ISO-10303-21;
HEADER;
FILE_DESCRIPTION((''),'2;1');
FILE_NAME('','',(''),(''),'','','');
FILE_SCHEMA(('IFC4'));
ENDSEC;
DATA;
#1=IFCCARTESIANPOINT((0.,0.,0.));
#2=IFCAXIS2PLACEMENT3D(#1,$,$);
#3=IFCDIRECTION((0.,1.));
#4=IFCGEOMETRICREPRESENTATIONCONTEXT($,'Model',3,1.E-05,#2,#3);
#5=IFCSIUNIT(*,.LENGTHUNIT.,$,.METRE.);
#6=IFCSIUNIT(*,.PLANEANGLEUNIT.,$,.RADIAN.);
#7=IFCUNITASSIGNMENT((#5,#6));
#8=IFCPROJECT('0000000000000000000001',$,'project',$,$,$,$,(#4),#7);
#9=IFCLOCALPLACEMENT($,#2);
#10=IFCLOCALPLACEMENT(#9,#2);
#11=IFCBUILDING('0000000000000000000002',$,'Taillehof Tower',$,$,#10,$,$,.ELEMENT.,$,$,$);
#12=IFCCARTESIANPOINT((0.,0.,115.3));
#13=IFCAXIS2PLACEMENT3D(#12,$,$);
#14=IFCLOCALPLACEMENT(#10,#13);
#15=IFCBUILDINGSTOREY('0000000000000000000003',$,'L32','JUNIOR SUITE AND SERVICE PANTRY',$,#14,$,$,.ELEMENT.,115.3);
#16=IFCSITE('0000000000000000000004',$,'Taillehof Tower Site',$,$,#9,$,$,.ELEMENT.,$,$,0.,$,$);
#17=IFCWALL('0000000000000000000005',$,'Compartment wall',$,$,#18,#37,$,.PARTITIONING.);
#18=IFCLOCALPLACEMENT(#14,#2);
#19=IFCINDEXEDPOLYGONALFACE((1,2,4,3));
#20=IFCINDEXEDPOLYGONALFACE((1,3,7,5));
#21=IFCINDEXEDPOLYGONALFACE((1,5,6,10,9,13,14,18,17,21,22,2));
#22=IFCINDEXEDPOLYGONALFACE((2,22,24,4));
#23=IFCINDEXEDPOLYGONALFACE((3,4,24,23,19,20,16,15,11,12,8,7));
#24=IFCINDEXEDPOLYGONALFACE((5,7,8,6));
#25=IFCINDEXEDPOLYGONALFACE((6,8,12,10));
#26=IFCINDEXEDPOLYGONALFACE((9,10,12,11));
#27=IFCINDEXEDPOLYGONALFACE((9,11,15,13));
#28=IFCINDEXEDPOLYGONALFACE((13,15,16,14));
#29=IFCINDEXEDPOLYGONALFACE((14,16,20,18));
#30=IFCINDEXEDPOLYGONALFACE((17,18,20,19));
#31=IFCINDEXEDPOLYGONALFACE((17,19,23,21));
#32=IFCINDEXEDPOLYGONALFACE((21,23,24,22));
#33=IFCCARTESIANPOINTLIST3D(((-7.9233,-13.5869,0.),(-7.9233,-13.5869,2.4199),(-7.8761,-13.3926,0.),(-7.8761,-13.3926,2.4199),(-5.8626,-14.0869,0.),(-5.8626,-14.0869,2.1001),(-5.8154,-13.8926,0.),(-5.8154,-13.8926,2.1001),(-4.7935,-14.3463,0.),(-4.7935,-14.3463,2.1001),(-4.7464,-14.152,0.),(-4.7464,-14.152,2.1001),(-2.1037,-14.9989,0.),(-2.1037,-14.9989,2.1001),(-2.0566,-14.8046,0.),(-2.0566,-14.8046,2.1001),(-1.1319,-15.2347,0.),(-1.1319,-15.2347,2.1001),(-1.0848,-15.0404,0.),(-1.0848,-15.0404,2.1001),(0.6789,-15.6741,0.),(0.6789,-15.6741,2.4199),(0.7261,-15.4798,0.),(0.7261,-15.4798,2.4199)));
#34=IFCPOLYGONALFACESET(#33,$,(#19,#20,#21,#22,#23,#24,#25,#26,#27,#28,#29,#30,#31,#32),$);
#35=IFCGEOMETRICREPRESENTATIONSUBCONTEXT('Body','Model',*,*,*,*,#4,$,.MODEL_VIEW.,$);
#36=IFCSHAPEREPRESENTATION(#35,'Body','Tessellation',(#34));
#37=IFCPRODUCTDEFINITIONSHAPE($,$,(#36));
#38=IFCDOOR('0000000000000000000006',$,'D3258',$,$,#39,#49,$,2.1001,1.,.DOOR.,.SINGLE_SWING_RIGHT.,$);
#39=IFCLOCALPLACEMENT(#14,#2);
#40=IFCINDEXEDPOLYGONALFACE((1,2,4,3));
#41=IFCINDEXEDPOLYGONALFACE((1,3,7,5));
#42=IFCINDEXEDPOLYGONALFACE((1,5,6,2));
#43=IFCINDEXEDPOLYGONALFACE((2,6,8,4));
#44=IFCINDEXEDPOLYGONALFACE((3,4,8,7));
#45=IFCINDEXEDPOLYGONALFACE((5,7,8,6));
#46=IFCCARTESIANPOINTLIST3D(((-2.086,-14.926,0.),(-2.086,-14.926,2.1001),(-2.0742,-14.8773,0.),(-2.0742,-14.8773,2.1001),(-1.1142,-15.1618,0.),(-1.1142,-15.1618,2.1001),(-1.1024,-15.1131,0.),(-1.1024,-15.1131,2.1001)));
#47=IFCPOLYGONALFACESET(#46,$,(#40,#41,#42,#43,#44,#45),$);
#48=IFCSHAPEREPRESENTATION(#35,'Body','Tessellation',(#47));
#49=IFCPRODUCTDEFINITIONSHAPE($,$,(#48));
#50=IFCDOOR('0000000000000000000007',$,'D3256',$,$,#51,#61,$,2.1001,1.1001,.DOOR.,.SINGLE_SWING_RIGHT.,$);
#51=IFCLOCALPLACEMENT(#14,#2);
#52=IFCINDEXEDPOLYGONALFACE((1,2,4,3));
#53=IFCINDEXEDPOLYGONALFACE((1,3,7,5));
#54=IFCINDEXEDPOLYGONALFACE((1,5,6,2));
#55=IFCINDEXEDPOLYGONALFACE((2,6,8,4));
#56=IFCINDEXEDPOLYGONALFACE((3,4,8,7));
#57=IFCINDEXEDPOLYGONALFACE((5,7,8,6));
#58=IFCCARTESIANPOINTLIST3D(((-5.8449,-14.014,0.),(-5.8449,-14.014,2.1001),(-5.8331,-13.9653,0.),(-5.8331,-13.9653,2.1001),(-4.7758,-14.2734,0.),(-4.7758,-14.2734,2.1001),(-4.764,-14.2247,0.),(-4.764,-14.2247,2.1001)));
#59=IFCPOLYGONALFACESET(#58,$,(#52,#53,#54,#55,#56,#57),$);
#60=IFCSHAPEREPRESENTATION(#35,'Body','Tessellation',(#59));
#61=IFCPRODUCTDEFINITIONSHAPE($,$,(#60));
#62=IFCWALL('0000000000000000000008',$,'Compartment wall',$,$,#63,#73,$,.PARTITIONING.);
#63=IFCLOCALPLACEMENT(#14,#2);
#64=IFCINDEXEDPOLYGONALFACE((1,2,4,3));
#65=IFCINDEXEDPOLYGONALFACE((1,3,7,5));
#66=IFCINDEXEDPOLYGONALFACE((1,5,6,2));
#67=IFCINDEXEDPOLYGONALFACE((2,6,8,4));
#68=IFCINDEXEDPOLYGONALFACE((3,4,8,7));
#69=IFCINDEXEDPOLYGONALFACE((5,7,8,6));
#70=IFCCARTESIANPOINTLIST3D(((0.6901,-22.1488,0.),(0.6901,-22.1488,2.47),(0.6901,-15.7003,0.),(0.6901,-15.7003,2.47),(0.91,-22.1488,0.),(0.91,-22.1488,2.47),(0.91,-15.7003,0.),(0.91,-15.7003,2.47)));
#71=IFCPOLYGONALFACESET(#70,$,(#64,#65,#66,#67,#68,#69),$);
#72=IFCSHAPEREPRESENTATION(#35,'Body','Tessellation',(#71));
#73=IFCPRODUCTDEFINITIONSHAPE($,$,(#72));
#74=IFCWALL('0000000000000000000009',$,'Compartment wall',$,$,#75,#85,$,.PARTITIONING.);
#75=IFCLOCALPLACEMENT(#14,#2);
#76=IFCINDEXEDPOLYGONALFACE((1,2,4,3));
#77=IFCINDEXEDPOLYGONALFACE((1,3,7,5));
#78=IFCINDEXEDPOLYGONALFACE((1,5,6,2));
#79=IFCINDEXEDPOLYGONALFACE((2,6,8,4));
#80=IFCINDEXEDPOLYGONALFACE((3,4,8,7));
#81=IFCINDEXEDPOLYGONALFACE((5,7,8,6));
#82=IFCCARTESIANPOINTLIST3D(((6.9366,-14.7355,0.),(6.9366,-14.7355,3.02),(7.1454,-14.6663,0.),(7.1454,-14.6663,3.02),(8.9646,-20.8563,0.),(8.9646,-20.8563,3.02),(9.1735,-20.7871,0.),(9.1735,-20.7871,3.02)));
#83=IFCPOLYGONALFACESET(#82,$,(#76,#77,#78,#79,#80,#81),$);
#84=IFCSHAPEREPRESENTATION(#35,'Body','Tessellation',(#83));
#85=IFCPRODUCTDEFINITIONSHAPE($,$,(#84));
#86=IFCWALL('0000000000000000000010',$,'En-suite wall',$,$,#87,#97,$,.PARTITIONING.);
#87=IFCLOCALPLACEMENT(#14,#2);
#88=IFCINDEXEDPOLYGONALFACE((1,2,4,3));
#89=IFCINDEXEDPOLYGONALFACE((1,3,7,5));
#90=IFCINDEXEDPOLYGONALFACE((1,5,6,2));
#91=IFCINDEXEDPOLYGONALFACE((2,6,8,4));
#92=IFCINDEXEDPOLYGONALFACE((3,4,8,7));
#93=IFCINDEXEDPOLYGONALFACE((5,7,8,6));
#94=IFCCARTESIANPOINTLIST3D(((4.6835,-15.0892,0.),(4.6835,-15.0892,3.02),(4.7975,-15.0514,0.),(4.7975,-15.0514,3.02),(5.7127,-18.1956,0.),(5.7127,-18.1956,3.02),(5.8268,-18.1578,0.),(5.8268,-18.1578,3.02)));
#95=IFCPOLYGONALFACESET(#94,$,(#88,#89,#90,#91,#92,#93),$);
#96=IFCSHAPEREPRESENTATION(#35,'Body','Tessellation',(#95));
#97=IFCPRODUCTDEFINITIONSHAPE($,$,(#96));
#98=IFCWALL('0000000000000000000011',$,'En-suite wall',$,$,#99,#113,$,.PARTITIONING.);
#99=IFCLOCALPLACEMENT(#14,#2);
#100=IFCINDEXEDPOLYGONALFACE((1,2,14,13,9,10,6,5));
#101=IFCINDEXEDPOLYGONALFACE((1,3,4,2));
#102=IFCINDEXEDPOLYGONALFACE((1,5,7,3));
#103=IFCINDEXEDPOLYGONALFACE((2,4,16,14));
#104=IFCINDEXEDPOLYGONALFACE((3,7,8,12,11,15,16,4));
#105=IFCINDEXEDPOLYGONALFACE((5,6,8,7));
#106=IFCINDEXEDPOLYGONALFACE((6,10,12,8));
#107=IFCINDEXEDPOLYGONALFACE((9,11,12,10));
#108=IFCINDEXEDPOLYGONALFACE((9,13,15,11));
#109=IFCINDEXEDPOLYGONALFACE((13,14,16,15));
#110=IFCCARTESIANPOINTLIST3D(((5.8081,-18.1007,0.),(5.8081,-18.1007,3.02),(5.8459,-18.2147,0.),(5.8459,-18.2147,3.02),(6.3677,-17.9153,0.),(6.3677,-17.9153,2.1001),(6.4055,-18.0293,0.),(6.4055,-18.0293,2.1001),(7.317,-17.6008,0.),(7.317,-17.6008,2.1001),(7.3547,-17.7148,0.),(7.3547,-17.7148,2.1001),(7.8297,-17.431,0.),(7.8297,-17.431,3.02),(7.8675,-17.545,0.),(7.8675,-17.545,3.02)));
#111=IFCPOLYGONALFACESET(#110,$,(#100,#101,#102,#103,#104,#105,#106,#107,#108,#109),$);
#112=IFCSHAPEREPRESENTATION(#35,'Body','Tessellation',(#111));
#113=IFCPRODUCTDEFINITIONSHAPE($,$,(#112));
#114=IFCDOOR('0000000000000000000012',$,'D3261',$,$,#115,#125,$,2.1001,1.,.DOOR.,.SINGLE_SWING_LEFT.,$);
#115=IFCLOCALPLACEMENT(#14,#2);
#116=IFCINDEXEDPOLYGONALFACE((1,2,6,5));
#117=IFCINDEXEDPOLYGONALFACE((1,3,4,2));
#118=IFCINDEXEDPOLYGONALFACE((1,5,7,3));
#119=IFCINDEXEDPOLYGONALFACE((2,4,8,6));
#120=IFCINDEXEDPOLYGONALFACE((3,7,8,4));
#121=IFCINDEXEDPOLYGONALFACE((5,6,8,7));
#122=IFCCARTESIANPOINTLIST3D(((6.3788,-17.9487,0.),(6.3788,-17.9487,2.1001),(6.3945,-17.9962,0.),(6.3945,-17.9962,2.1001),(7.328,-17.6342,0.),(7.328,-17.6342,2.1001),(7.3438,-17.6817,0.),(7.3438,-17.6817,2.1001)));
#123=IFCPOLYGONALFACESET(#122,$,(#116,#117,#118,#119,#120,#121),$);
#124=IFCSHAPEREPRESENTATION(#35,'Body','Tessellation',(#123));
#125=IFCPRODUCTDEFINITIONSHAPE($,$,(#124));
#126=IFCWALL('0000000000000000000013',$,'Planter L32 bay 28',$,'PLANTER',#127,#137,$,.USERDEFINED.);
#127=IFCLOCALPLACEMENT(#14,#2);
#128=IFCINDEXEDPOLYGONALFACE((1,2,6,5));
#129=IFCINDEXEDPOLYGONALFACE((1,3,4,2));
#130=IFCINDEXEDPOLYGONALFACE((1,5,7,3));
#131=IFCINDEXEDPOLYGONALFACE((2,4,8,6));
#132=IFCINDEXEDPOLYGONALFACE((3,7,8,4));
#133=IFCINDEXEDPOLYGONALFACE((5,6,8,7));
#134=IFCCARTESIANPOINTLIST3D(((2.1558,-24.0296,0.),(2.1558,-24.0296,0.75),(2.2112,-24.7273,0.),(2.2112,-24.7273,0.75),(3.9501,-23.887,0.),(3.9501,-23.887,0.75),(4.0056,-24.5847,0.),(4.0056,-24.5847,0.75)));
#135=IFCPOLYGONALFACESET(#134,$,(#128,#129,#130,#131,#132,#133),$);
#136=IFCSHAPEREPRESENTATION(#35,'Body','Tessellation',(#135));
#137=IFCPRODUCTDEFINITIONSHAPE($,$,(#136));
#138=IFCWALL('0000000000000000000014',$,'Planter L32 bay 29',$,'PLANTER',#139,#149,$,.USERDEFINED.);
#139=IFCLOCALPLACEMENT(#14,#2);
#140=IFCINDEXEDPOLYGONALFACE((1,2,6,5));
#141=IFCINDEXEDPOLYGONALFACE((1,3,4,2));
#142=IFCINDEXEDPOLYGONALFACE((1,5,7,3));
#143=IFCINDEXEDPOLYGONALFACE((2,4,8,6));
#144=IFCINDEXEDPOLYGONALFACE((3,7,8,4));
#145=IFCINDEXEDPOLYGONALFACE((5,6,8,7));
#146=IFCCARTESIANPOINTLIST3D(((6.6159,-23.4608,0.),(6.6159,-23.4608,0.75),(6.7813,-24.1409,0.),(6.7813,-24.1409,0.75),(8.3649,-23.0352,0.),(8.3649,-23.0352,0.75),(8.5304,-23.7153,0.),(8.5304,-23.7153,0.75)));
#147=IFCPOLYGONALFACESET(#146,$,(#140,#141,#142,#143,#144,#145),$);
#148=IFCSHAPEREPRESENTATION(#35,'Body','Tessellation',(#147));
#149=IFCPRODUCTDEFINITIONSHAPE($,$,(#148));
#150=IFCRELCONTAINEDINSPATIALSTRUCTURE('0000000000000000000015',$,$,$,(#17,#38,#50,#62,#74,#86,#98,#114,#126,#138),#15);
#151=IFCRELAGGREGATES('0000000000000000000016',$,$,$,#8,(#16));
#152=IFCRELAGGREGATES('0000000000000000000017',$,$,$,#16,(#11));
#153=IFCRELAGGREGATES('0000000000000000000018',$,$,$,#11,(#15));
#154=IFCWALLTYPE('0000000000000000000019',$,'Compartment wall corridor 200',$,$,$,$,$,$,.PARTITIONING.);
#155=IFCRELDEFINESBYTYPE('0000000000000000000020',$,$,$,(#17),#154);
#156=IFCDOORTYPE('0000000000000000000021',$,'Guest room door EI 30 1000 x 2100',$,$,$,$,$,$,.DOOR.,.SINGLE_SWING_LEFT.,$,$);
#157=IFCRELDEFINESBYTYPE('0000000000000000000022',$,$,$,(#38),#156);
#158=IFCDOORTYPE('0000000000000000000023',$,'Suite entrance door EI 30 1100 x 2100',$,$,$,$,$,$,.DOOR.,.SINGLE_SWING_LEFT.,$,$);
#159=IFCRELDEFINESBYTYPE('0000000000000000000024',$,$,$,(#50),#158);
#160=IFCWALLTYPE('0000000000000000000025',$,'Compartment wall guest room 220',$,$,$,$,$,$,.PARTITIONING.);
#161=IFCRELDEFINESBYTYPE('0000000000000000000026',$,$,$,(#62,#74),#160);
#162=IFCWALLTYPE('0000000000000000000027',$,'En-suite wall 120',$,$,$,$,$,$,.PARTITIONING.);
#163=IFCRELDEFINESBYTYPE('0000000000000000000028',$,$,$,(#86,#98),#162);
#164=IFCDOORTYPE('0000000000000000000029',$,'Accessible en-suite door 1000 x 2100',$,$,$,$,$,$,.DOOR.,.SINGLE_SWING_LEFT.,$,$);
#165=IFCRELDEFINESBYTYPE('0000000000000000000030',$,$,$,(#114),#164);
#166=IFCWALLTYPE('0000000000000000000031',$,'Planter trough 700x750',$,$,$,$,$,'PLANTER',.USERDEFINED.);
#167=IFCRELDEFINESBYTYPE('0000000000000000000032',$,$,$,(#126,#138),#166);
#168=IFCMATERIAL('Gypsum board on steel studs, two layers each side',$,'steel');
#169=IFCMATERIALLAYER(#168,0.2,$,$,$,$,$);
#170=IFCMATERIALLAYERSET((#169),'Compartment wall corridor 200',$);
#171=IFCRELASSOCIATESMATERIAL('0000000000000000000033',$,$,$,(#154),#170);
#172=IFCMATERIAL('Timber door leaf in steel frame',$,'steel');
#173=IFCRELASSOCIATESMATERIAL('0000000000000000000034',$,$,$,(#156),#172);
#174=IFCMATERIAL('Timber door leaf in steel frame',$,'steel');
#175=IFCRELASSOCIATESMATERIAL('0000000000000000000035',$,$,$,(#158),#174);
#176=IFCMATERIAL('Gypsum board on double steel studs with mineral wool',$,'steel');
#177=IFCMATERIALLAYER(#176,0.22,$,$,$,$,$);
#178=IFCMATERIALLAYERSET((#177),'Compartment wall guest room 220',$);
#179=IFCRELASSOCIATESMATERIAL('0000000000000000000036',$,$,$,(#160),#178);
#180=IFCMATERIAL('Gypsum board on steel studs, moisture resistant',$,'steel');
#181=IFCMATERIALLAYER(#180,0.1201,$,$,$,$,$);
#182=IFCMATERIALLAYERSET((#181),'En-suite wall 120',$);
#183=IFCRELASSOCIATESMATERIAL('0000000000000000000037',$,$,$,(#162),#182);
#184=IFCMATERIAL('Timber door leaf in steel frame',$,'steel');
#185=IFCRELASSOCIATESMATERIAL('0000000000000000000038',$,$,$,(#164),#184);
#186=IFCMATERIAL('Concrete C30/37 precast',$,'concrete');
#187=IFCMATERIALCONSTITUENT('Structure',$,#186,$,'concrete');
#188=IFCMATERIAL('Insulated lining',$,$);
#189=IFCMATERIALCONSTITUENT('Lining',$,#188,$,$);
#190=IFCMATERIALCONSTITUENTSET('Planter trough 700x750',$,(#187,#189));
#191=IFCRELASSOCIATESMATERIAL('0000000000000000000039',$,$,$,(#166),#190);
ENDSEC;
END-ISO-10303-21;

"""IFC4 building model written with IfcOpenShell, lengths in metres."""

from ifc_helpers import new_model, si_unit, direction, frame, frame_2d, origin, place, context, subcontext, project, spatial, rectangle, extrude, material, layer, layer_set, constituent, constituent_set, type_object, element, fill, save


model = new_model("IFC4")

# Units and contexts
model_context = context("Model", 3, precision=1e-05, world=origin(), true_north=direction((0.0, 1.0)))
body_context = subcontext(model_context, "Body", "Model", "MODEL_VIEW")
ifc_project = project(units=[si_unit("LENGTHUNIT", "METRE"), si_unit("PLANEANGLEUNIT", "RADIAN")], contexts=[model_context])

# Site, building, storey
site_placement = place(None, origin())
site = spatial("IfcSite", under=ifc_project, at=site_placement, Name="Taillehof Tower Site", CompositionType="ELEMENT", RefElevation=0.0)
building_placement = place(site_placement, origin())
building = spatial("IfcBuilding", under=site, at=building_placement, Name="Taillehof Tower", CompositionType="ELEMENT")
storey_placement = place(building_placement, frame((0.0, 0.0, 115.3)))
storey = spatial("IfcBuildingStorey", under=building, at=storey_placement, Name="L32", Description="JUNIOR SUITE AND SERVICE PANTRY", CompositionType="ELEMENT", Elevation=115.3)

# Wall, openings, doors
ifc_material_1 = material(Name="Gypsum board on steel studs, two layers each side", Category="steel")
ifc_layer_1 = layer(ifc_material_1, 0.2)
ifc_layer_set_1 = layer_set([ifc_layer_1], Name="Compartment wall corridor 200")
wall_type_1 = type_object("IfcWallType", Name="Compartment wall corridor 200", PredefinedType="PARTITIONING", material=ifc_layer_set_1)
wall_1_placement = place(storey_placement, frame((0.7024, -15.5769, 0.0), z_axis=(0.0, 0.0, 1.0), x_axis=(-0.971805, 0.235787, 0.0)))
wall_1 = element("IfcWall", 1, at=wall_1_placement, inside=storey, type_object=wall_type_1, Name="Compartment wall", PredefinedType="PARTITIONING", context=body_context, shape_type="SweptSolid", body=[
    extrude(rectangle(XDim=8.8518, YDim=0.2, at=frame_2d((4.4258, 0.0))), origin(), (0.0, 0.0, 1.0), 2.4199),
])
opening_1_placement = place(wall_1_placement, frame((5.6311, 0.0, 0.0)))
opening_1 = element("IfcOpeningElement", 2, at=opening_1_placement, cuts=wall_1, PredefinedType="OPENING", context=body_context, shape_type="SweptSolid", body=[
    extrude(rectangle(XDim=1.1001, YDim=2.1001, at=frame_2d((0.55, 1.05))), frame((0.0, 0.1099, 0.0), z_axis=(0.0, -1.0, 0.0), x_axis=(1.0, 0.0, 0.0)), (0.0, 0.0, 1.0), 0.22),
])
opening_2_placement = place(wall_1_placement, frame((1.8633, 0.0, 0.0)))
opening_2 = element("IfcOpeningElement", 3, at=opening_2_placement, cuts=wall_1, PredefinedType="OPENING", context=body_context, shape_type="SweptSolid", body=[
    extrude(rectangle(XDim=1.0, YDim=2.1001, at=frame_2d((0.5, 1.05))), frame((0.0, 0.1099, 0.0), z_axis=(0.0, -1.0, 0.0), x_axis=(1.0, 0.0, 0.0)), (0.0, 0.0, 1.0), 0.22),
])
ifc_material_2 = material(Name="Timber door leaf in steel frame", Category="steel")
door_type_1 = type_object("IfcDoorType", Name="Guest room door EI 30 1000 x 2100", OperationType="SINGLE_SWING_LEFT", PredefinedType="DOOR", material=ifc_material_2)
door_1_placement = place(opening_2_placement, origin())
door_1 = element("IfcDoor", 4, at=door_1_placement, inside=storey, type_object=door_type_1, Name="D3258", OperationType="SINGLE_SWING_RIGHT", OverallHeight=2.1001, OverallWidth=1.0, PredefinedType="DOOR", context=body_context, shape_type="SweptSolid", body=[
    extrude(rectangle(XDim=1.0, YDim=2.1001, at=frame_2d((0.5, 1.05))), frame((0.0, 0.0249, 0.0), z_axis=(0.0, -1.0, 0.0), x_axis=(1.0, 0.0, 0.0)), (0.0, 0.0, 1.0), 0.05),
])
fill(opening_2, door_1)
ifc_material_3 = material(Name="Timber door leaf in steel frame", Category="steel")
door_type_2 = type_object("IfcDoorType", Name="Suite entrance door EI 30 1100 x 2100", OperationType="SINGLE_SWING_LEFT", PredefinedType="DOOR", material=ifc_material_3)
door_2_placement = place(opening_1_placement, origin())
door_2 = element("IfcDoor", 5, at=door_2_placement, inside=storey, type_object=door_type_2, Name="D3256", OperationType="SINGLE_SWING_RIGHT", OverallHeight=2.1001, OverallWidth=1.1001, PredefinedType="DOOR", context=body_context, shape_type="SweptSolid", body=[
    extrude(rectangle(XDim=1.1001, YDim=2.1001, at=frame_2d((0.55, 1.05))), frame((0.0, 0.0249, 0.0), z_axis=(0.0, -1.0, 0.0), x_axis=(1.0, 0.0, 0.0)), (0.0, 0.0, 1.0), 0.05),
])
fill(opening_1, door_2)

# Walls
ifc_material_4 = material(Name="Gypsum board on double steel studs with mineral wool", Category="steel")
ifc_layer_2 = layer(ifc_material_4, 0.22)
ifc_layer_set_2 = layer_set([ifc_layer_2], Name="Compartment wall guest room 220")
wall_type_2 = type_object("IfcWallType", Name="Compartment wall guest room 220", PredefinedType="PARTITIONING", material=ifc_layer_set_2)
wall_2_placement = place(storey_placement, frame((0.8, -22.1487, 0.0), z_axis=(0.0, 0.0, 1.0), x_axis=(0.0, 1.0, 0.0)))
element("IfcWall", 6, at=wall_2_placement, inside=storey, type_object=wall_type_2, Name="Compartment wall", PredefinedType="PARTITIONING", context=body_context, shape_type="SweptSolid", body=[
    extrude(rectangle(XDim=6.4485, YDim=0.22, at=frame_2d((3.2241, 0.0))), origin(), (0.0, 0.0, 1.0), 2.47),
])
wall_3_placement = place(storey_placement, frame((9.0691, -20.8218, 0.0), z_axis=(0.0, 0.0, 1.0), x_axis=(-0.314523, 0.94925, 0.0)))
element("IfcWall", 7, at=wall_3_placement, inside=storey, type_object=wall_type_2, Name="Compartment wall", PredefinedType="PARTITIONING", context=body_context, shape_type="SweptSolid", body=[
    extrude(rectangle(XDim=6.448, YDim=0.22, at=frame_2d((3.2241, 0.0))), origin(), (0.0, 0.0, 1.0), 3.02),
])
ifc_material_5 = material(Name="Gypsum board on steel studs, moisture resistant", Category="steel")
ifc_layer_3 = layer(ifc_material_5, 0.1201)
ifc_layer_set_3 = layer_set([ifc_layer_3], Name="En-suite wall 120")
wall_type_3 = type_object("IfcWallType", Name="En-suite wall 120", PredefinedType="PARTITIONING", material=ifc_layer_set_3)
wall_4_placement = place(storey_placement, frame((4.7405, -15.0703, 0.0), z_axis=(0.0, 0.0, 1.0), x_axis=(0.314526, -0.949249, 0.0)))
element("IfcWall", 8, at=wall_4_placement, inside=storey, type_object=wall_type_3, Name="En-suite wall", PredefinedType="PARTITIONING", context=body_context, shape_type="SweptSolid", body=[
    extrude(rectangle(XDim=3.2725, YDim=0.1201, at=frame_2d((1.6362, 0.0))), origin(), (0.0, 0.0, 1.0), 3.02),
])

# Wall, opening, door
wall_5_placement = place(storey_placement, frame((5.8269, -18.1577, 0.0), z_axis=(0.0, 0.0, 1.0), x_axis=(0.949266, 0.314473, 0.0)))
wall_5 = element("IfcWall", 9, at=wall_5_placement, inside=storey, type_object=wall_type_3, Name="En-suite wall", PredefinedType="PARTITIONING", context=body_context, shape_type="SweptSolid", body=[
    extrude(rectangle(XDim=2.1296, YDim=0.1201, at=frame_2d((1.0649, 0.0))), origin(), (0.0, 0.0, 1.0), 3.02),
])
opening_3_placement = place(wall_5_placement, frame((0.5896, 0.0, 0.0)))
opening_3 = element("IfcOpeningElement", 10, at=opening_3_placement, cuts=wall_5, PredefinedType="OPENING", context=body_context, shape_type="SweptSolid", body=[
    extrude(rectangle(XDim=1.0, YDim=2.1001, at=frame_2d((0.5, 1.05))), frame((0.0, 0.0701, 0.0), z_axis=(0.0, -1.0, 0.0), x_axis=(1.0, 0.0, 0.0)), (0.0, 0.0, 1.0), 0.1401),
])
ifc_material_6 = material(Name="Timber door leaf in steel frame", Category="steel")
door_type_3 = type_object("IfcDoorType", Name="Accessible en-suite door 1000 x 2100", OperationType="SINGLE_SWING_LEFT", PredefinedType="DOOR", material=ifc_material_6)
door_3_placement = place(opening_3_placement, origin())
door_3 = element("IfcDoor", 11, at=door_3_placement, inside=storey, type_object=door_type_3, Name="D3261", OperationType="SINGLE_SWING_LEFT", OverallHeight=2.1001, OverallWidth=1.0, PredefinedType="DOOR", context=body_context, shape_type="SweptSolid", body=[
    extrude(rectangle(XDim=1.0, YDim=2.1001, at=frame_2d((0.5, 1.05))), frame((0.0, 0.0249, 0.0), z_axis=(0.0, -1.0, 0.0), x_axis=(1.0, 0.0, 0.0)), (0.0, 0.0, 1.0), 0.05),
])
fill(opening_3, door_3)

# Walls
ifc_material_7 = material(Name="Concrete C30/37 precast", Category="concrete")
ifc_constituent_1 = constituent(ifc_material_7, Name="Structure", Category="concrete")
ifc_material_8 = material(Name="Insulated lining")
ifc_constituent_2 = constituent(ifc_material_8, Name="Lining")
ifc_constituent_set = constituent_set(constituents=[ifc_constituent_1, ifc_constituent_2], Name="Planter trough 700x750")
wall_type_4 = type_object("IfcWallType", Name="Planter trough 700x750", ElementType="PLANTER", PredefinedType="USERDEFINED", material=ifc_constituent_set)
for number, where, z_axis, x_axis, name in (
    (12, (2.1836, -24.3784, 0.0), (0.0, 0.0, 1.0), (0.996858, 0.079206, 0.0), "Planter L32 bay 28"),
    (13, (6.6987, -23.8008, 0.0), (0.0, 0.0, 1.0), (0.971655, 0.236403, 0.0), "Planter L32 bay 29"),
):
    element("IfcWall", number, at=place(storey_placement, frame(where, z_axis=z_axis, x_axis=x_axis)), inside=storey, type_object=wall_type_4, Name=name, ObjectType="PLANTER", PredefinedType="USERDEFINED", context=body_context, shape_type="SweptSolid", body=[
        extrude(rectangle(XDim=1.8, YDim=0.7, at=frame_2d((0.8999, 0.0))), origin(), (0.0, 0.0, 1.0), 0.75),
    ])

save(model, "model.ifc")
